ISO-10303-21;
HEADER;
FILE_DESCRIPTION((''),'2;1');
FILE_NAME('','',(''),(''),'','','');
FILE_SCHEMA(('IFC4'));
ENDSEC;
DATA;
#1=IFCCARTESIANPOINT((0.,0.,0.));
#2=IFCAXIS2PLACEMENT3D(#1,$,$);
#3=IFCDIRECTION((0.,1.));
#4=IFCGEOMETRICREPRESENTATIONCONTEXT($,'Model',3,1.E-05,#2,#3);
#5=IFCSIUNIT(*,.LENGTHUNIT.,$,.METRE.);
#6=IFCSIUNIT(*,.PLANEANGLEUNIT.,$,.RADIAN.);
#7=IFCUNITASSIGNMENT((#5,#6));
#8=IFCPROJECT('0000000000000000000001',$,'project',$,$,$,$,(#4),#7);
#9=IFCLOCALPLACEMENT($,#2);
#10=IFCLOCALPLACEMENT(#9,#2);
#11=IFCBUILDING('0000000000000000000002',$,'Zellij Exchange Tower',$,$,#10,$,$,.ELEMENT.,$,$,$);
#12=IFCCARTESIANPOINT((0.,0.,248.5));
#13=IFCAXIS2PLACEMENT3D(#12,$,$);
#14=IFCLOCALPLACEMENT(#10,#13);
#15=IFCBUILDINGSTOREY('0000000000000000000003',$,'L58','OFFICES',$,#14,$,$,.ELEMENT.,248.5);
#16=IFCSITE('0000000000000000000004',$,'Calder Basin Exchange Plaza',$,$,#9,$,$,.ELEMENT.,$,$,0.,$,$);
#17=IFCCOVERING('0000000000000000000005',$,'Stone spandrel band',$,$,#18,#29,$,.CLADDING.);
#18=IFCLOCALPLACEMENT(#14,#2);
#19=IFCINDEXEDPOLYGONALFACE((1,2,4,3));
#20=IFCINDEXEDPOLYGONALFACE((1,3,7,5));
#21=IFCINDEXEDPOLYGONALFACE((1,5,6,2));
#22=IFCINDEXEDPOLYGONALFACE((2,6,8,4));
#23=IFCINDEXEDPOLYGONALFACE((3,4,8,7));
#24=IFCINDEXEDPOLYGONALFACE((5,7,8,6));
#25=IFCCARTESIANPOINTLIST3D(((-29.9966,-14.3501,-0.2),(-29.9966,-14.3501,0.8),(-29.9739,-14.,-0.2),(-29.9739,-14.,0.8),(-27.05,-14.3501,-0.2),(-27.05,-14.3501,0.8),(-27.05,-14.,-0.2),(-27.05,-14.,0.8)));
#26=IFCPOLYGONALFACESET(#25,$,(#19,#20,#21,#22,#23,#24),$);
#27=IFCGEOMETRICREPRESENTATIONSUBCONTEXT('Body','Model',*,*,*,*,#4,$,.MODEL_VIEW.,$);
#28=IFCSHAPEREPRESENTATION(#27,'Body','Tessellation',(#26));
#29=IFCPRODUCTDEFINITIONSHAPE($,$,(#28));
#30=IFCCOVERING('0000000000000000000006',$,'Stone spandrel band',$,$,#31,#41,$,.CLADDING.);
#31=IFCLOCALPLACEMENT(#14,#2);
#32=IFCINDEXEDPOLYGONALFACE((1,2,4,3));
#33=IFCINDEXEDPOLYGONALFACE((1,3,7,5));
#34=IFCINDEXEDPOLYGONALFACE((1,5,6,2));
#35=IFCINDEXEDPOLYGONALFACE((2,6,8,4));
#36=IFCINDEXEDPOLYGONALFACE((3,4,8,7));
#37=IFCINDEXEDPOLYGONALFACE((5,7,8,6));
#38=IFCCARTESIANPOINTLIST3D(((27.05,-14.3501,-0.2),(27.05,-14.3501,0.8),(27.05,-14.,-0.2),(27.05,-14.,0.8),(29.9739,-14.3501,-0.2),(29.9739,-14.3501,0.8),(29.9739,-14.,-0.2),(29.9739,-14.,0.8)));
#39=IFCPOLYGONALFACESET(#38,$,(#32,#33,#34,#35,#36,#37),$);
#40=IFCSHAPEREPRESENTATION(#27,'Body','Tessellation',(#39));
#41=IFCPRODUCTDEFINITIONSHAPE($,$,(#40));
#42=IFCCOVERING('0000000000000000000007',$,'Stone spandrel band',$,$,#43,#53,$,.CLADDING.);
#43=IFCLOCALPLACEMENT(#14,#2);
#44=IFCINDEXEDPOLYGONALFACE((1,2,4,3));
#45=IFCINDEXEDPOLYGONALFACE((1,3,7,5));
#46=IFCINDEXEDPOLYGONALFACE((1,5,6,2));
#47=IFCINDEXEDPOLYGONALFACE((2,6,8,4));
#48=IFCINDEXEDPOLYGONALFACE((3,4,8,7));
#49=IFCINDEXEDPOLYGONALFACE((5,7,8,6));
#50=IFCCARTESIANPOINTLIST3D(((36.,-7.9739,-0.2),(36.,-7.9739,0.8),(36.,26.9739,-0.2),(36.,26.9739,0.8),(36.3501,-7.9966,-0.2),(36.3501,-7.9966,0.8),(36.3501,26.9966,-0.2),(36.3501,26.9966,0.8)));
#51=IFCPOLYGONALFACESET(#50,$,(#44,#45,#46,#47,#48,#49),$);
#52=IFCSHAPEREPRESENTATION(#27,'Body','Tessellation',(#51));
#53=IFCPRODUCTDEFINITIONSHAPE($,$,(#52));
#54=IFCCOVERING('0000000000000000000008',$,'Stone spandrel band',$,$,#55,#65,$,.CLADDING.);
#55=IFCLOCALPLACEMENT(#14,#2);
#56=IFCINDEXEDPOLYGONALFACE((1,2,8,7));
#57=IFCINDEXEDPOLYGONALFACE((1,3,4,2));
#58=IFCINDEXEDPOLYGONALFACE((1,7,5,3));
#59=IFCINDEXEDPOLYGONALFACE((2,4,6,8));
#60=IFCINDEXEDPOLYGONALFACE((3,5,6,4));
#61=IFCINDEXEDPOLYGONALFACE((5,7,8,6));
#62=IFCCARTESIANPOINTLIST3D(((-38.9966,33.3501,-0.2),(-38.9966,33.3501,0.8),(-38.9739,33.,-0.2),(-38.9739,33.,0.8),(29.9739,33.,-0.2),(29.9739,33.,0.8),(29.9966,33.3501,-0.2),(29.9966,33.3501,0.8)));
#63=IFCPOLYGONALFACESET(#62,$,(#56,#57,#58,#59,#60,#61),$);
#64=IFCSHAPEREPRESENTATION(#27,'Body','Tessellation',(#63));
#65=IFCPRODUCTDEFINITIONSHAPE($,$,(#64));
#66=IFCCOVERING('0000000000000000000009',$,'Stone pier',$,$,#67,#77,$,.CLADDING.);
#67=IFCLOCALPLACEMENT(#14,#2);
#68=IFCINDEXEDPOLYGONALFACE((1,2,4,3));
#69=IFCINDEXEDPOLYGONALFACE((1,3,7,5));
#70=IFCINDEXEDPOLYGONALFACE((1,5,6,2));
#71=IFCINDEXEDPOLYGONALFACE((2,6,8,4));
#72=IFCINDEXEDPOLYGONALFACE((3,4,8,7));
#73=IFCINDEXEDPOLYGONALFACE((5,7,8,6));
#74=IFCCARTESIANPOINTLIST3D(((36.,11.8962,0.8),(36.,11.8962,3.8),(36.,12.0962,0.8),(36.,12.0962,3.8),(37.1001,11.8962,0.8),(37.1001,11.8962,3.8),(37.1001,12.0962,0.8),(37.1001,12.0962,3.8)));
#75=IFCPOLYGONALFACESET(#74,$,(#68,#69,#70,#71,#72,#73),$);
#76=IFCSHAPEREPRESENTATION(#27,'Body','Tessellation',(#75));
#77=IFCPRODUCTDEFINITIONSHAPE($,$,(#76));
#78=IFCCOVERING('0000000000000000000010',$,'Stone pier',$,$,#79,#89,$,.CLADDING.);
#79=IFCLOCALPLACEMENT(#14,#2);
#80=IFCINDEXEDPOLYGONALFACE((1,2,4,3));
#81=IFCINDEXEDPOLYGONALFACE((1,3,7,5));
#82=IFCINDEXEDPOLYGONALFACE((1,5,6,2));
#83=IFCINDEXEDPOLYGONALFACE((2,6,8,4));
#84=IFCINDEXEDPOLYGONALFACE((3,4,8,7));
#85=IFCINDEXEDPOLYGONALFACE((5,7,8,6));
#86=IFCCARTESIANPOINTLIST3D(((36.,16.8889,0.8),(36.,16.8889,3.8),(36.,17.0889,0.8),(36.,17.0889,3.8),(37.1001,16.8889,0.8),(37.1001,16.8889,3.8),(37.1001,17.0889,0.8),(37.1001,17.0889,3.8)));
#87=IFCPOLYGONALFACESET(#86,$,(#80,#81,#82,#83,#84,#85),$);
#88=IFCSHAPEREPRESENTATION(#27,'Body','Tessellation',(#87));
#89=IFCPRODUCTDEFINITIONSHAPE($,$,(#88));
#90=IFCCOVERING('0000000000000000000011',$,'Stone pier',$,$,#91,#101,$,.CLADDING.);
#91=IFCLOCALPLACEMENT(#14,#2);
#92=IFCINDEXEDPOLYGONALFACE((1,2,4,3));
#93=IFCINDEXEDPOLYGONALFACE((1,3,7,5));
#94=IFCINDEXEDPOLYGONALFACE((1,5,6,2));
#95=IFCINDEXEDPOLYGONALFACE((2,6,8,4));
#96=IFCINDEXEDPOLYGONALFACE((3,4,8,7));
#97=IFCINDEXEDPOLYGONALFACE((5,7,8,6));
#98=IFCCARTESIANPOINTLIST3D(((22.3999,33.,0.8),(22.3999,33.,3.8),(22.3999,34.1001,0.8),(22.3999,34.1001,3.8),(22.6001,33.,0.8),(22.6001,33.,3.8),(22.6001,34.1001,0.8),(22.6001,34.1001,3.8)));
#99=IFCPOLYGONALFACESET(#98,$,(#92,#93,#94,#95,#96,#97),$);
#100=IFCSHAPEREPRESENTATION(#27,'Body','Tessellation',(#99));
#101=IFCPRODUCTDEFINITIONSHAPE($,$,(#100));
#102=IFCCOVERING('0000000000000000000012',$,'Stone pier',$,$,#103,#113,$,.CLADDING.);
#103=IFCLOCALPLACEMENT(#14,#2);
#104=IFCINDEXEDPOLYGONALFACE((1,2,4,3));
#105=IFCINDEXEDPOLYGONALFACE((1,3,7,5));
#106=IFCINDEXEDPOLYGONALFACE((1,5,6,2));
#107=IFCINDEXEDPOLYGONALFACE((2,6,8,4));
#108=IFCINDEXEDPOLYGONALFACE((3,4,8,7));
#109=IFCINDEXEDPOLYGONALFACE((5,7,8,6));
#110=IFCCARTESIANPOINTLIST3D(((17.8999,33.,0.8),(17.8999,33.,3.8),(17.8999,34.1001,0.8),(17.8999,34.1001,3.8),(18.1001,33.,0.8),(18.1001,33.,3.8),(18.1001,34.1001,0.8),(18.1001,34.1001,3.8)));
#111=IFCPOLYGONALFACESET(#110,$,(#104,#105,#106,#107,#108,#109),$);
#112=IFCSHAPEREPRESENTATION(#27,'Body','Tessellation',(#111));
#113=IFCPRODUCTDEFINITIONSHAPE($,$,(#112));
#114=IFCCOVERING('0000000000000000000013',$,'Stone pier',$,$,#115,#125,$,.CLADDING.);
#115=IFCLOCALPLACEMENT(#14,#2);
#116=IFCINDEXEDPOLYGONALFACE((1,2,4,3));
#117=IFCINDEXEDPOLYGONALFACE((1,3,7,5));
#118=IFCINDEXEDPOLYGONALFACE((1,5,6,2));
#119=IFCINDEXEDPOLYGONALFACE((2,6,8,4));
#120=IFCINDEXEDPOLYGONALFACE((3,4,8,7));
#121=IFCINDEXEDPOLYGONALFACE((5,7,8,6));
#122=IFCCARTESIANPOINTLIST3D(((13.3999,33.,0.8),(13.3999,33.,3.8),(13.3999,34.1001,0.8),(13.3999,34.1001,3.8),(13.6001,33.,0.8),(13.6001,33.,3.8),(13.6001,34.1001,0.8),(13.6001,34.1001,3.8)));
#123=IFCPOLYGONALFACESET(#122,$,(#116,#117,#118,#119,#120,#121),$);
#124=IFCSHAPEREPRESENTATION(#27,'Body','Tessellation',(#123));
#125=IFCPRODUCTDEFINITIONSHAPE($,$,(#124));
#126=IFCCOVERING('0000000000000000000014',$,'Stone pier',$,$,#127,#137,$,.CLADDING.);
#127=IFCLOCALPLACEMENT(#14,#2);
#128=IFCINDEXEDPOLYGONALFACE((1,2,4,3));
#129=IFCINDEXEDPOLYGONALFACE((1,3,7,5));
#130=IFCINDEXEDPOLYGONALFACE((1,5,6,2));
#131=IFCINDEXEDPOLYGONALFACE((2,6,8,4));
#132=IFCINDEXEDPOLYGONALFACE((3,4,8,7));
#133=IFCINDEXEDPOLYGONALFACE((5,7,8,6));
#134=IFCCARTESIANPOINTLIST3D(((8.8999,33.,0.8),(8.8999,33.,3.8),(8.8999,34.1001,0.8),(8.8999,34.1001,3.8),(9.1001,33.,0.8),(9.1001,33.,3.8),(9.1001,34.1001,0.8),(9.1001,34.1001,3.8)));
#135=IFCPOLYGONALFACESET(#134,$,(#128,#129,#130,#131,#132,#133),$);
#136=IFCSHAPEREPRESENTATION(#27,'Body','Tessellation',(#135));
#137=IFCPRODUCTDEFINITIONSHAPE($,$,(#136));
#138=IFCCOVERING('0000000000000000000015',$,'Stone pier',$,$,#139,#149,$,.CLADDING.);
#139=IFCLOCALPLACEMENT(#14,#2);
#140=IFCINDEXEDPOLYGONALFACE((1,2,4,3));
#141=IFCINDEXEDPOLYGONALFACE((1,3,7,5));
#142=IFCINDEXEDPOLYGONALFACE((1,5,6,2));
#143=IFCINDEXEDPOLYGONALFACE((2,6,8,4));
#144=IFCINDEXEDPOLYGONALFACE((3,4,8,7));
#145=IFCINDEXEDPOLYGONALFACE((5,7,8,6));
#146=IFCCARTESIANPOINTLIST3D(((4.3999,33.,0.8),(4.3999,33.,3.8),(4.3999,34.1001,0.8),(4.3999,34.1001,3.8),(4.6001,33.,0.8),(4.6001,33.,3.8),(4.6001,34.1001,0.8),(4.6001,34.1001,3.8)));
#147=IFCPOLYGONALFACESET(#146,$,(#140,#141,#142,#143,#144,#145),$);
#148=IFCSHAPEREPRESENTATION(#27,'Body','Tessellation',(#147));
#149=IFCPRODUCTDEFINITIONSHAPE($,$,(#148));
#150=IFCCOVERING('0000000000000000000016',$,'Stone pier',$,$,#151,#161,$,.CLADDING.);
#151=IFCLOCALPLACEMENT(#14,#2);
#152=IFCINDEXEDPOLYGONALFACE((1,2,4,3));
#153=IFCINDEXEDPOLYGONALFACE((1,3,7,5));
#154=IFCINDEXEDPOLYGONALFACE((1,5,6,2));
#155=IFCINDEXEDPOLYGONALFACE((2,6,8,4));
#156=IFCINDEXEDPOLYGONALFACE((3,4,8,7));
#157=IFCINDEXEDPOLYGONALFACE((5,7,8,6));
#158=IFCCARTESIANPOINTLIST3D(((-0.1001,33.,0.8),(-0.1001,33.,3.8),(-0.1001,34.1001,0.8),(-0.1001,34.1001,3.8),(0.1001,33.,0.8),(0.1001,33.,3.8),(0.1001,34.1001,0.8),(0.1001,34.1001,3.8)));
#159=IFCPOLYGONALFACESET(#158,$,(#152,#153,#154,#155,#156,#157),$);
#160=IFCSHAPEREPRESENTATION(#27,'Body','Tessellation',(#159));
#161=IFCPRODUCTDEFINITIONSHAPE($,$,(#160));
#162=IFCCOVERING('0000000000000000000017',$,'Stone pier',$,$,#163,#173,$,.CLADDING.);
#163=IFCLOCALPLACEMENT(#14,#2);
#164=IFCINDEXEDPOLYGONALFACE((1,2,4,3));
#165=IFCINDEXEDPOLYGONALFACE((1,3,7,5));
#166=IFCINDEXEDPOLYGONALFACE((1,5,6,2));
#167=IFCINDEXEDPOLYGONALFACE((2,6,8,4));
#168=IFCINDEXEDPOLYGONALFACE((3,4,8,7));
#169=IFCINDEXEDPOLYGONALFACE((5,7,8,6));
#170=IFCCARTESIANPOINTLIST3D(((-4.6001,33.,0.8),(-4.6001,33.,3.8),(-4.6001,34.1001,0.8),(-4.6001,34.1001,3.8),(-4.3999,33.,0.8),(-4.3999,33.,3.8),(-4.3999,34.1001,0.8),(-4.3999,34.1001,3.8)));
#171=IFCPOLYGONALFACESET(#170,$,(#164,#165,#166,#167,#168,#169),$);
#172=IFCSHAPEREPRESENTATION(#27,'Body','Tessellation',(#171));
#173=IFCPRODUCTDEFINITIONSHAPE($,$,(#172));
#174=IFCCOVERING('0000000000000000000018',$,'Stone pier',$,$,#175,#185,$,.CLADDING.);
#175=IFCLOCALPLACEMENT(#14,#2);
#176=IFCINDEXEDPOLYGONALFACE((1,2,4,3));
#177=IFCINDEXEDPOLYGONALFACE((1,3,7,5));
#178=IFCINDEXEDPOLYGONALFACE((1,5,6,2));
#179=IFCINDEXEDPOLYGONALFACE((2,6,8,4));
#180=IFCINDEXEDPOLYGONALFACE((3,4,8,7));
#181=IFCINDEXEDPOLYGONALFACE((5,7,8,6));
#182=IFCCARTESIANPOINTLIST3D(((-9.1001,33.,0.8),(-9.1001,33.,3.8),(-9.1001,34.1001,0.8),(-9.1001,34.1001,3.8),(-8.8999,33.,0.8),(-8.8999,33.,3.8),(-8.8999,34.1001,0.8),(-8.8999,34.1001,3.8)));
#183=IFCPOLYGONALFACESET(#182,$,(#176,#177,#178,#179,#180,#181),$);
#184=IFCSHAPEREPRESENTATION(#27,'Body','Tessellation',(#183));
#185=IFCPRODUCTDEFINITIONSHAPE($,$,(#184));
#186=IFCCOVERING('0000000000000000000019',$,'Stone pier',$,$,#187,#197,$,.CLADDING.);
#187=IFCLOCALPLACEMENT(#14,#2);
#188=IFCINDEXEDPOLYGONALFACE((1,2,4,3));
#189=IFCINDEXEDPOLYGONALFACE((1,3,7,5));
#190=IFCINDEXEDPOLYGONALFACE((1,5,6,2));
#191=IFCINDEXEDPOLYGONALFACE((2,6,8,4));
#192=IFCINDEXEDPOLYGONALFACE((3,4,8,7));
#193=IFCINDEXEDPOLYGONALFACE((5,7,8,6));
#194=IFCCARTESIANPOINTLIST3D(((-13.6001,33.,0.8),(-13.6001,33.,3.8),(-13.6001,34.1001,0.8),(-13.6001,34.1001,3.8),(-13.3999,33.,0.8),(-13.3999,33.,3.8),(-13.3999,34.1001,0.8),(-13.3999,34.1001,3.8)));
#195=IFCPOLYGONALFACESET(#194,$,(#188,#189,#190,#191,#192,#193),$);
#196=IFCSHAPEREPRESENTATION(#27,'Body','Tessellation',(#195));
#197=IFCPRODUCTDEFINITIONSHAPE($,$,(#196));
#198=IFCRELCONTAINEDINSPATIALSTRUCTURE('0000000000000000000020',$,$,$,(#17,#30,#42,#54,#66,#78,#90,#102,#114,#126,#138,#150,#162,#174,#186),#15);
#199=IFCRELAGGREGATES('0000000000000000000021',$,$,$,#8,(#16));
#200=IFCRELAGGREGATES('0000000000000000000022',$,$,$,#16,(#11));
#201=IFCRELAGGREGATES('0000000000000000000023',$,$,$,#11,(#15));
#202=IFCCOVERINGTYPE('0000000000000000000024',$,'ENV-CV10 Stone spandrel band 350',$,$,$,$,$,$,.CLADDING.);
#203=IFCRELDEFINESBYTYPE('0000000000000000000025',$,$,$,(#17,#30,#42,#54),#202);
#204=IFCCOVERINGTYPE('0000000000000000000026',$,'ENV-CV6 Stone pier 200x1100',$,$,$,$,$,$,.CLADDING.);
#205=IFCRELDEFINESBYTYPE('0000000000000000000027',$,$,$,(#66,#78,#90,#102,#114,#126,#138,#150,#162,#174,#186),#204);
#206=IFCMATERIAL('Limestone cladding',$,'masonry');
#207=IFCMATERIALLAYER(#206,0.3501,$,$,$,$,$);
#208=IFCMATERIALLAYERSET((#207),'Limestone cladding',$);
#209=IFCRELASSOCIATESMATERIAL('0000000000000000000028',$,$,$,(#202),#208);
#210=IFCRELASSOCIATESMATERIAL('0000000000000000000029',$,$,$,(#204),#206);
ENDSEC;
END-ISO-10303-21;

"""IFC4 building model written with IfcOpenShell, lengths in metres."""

from ifc_helpers import new_model, si_unit, direction, frame, origin, place, context, subcontext, project, spatial, polyline, outline, extrude, material, layer, layer_set, type_object, element, save


model = new_model("IFC4")

# Units and contexts
model_context = context("Model", 3, precision=1e-05, world=origin(), true_north=direction((0.0, 1.0)))
body_context = subcontext(model_context, "Body", "Model", "MODEL_VIEW")
ifc_project = project(units=[si_unit("LENGTHUNIT", "METRE"), si_unit("PLANEANGLEUNIT", "RADIAN")], contexts=[model_context])

# Site, building, storey
site_placement = place(None, origin())
site = spatial("IfcSite", under=ifc_project, at=site_placement, Name="Calder Basin Exchange Plaza", CompositionType="ELEMENT", RefElevation=0.0)
building_placement = place(site_placement, origin())
building = spatial("IfcBuilding", under=site, at=building_placement, Name="Zellij Exchange Tower", CompositionType="ELEMENT")
storey_placement = place(building_placement, frame((0.0, 0.0, 248.5)))
storey = spatial("IfcBuildingStorey", under=building, at=storey_placement, Name="L58", Description="OFFICES", CompositionType="ELEMENT", Elevation=248.5)

# Coverings
ifc_material = material(Name="Limestone cladding", Category="masonry")
ifc_layer = layer(ifc_material, 0.3501)
ifc_layer_set = layer_set([ifc_layer], Name="Limestone cladding")
covering_type_1 = type_object("IfcCoveringType", Name="ENV-CV10 Stone spandrel band 350", PredefinedType="CLADDING", material=ifc_layer_set)
covering_1_placement = place(storey_placement, frame((0.0, 0.0, -0.2)))
element("IfcCovering", 1, at=covering_1_placement, inside=storey, type_object=covering_type_1, Name="Stone spandrel band", PredefinedType="CLADDING", context=body_context, shape_type="SweptSolid", body=[
    extrude(outline(polyline([(-29.9739, -14.0), (-27.05, -14.0), (-27.05, -14.3501), (-29.9966, -14.3501), (-29.9739, -14.0)])), origin(), (0.0, 0.0, 1.0), 1.0),
])
covering_2_placement = place(storey_placement, frame((0.0, 0.0, -0.2)))
element("IfcCovering", 2, at=covering_2_placement, inside=storey, type_object=covering_type_1, Name="Stone spandrel band", PredefinedType="CLADDING", context=body_context, shape_type="SweptSolid", body=[
    extrude(outline(polyline([(27.05, -14.0), (29.9739, -14.0), (29.9739, -14.3501), (27.05, -14.3501), (27.05, -14.0)])), origin(), (0.0, 0.0, 1.0), 1.0),
])
covering_3_placement = place(storey_placement, frame((0.0, 0.0, -0.2)))
element("IfcCovering", 3, at=covering_3_placement, inside=storey, type_object=covering_type_1, Name="Stone spandrel band", PredefinedType="CLADDING", context=body_context, shape_type="SweptSolid", body=[
    extrude(outline(polyline([(36.0, -7.9739), (36.0, 26.9739), (36.3501, 26.9966), (36.3501, -7.9966), (36.0, -7.9739)])), origin(), (0.0, 0.0, 1.0), 1.0),
])
covering_4_placement = place(storey_placement, frame((0.0, 0.0, -0.2)))
element("IfcCovering", 4, at=covering_4_placement, inside=storey, type_object=covering_type_1, Name="Stone spandrel band", PredefinedType="CLADDING", context=body_context, shape_type="SweptSolid", body=[
    extrude(outline(polyline([(29.9739, 33.0), (-38.9739, 33.0), (-38.9966, 33.3501), (29.9966, 33.3501), (29.9739, 33.0)])), origin(), (0.0, 0.0, 1.0), 1.0),
])
covering_type_2 = type_object("IfcCoveringType", Name="ENV-CV6 Stone pier 200x1100", PredefinedType="CLADDING", material=ifc_material)
covering_5_placement = place(storey_placement, frame((0.0, 0.0, 0.8)))
element("IfcCovering", 5, at=covering_5_placement, inside=storey, type_object=covering_type_2, Name="Stone pier", PredefinedType="CLADDING", context=body_context, shape_type="SweptSolid", body=[
    extrude(outline(polyline([(36.0, 11.8962), (36.0, 12.0962), (37.1001, 12.0962), (37.1001, 11.8962), (36.0, 11.8962)])), origin(), (0.0, 0.0, 1.0), 3.0),
])
covering_6_placement = place(storey_placement, frame((0.0, 0.0, 0.8)))
element("IfcCovering", 6, at=covering_6_placement, inside=storey, type_object=covering_type_2, Name="Stone pier", PredefinedType="CLADDING", context=body_context, shape_type="SweptSolid", body=[
    extrude(outline(polyline([(36.0, 16.8889), (36.0, 17.0889), (37.1001, 17.0889), (37.1001, 16.8889), (36.0, 16.8889)])), origin(), (0.0, 0.0, 1.0), 3.0),
])
covering_7_placement = place(storey_placement, frame((0.0, 0.0, 0.8)))
element("IfcCovering", 7, at=covering_7_placement, inside=storey, type_object=covering_type_2, Name="Stone pier", PredefinedType="CLADDING", context=body_context, shape_type="SweptSolid", body=[
    extrude(outline(polyline([(22.6001, 33.0), (22.3999, 33.0), (22.3999, 34.1001), (22.6001, 34.1001), (22.6001, 33.0)])), origin(), (0.0, 0.0, 1.0), 3.0),
])
covering_8_placement = place(storey_placement, frame((0.0, 0.0, 0.8)))
element("IfcCovering", 8, at=covering_8_placement, inside=storey, type_object=covering_type_2, Name="Stone pier", PredefinedType="CLADDING", context=body_context, shape_type="SweptSolid", body=[
    extrude(outline(polyline([(18.1001, 33.0), (17.8999, 33.0), (17.8999, 34.1001), (18.1001, 34.1001), (18.1001, 33.0)])), origin(), (0.0, 0.0, 1.0), 3.0),
])
covering_9_placement = place(storey_placement, frame((0.0, 0.0, 0.8)))
element("IfcCovering", 9, at=covering_9_placement, inside=storey, type_object=covering_type_2, Name="Stone pier", PredefinedType="CLADDING", context=body_context, shape_type="SweptSolid", body=[
    extrude(outline(polyline([(13.6001, 33.0), (13.3999, 33.0), (13.3999, 34.1001), (13.6001, 34.1001), (13.6001, 33.0)])), origin(), (0.0, 0.0, 1.0), 3.0),
])
covering_10_placement = place(storey_placement, frame((0.0, 0.0, 0.8)))
element("IfcCovering", 10, at=covering_10_placement, inside=storey, type_object=covering_type_2, Name="Stone pier", PredefinedType="CLADDING", context=body_context, shape_type="SweptSolid", body=[
    extrude(outline(polyline([(9.1001, 33.0), (8.8999, 33.0), (8.8999, 34.1001), (9.1001, 34.1001), (9.1001, 33.0)])), origin(), (0.0, 0.0, 1.0), 3.0),
])
covering_11_placement = place(storey_placement, frame((0.0, 0.0, 0.8)))
element("IfcCovering", 11, at=covering_11_placement, inside=storey, type_object=covering_type_2, Name="Stone pier", PredefinedType="CLADDING", context=body_context, shape_type="SweptSolid", body=[
    extrude(outline(polyline([(4.6001, 33.0), (4.3999, 33.0), (4.3999, 34.1001), (4.6001, 34.1001), (4.6001, 33.0)])), origin(), (0.0, 0.0, 1.0), 3.0),
])
covering_12_placement = place(storey_placement, frame((0.0, 0.0, 0.8)))
element("IfcCovering", 12, at=covering_12_placement, inside=storey, type_object=covering_type_2, Name="Stone pier", PredefinedType="CLADDING", context=body_context, shape_type="SweptSolid", body=[
    extrude(outline(polyline([(0.1001, 33.0), (-0.1001, 33.0), (-0.1001, 34.1001), (0.1001, 34.1001), (0.1001, 33.0)])), origin(), (0.0, 0.0, 1.0), 3.0),
])
covering_13_placement = place(storey_placement, frame((0.0, 0.0, 0.8)))
element("IfcCovering", 13, at=covering_13_placement, inside=storey, type_object=covering_type_2, Name="Stone pier", PredefinedType="CLADDING", context=body_context, shape_type="SweptSolid", body=[
    extrude(outline(polyline([(-4.3999, 33.0), (-4.6001, 33.0), (-4.6001, 34.1001), (-4.3999, 34.1001), (-4.3999, 33.0)])), origin(), (0.0, 0.0, 1.0), 3.0),
])
covering_14_placement = place(storey_placement, frame((0.0, 0.0, 0.8)))
element("IfcCovering", 14, at=covering_14_placement, inside=storey, type_object=covering_type_2, Name="Stone pier", PredefinedType="CLADDING", context=body_context, shape_type="SweptSolid", body=[
    extrude(outline(polyline([(-8.8999, 33.0), (-9.1001, 33.0), (-9.1001, 34.1001), (-8.8999, 34.1001), (-8.8999, 33.0)])), origin(), (0.0, 0.0, 1.0), 3.0),
])
covering_15_placement = place(storey_placement, frame((0.0, 0.0, 0.8)))
element("IfcCovering", 15, at=covering_15_placement, inside=storey, type_object=covering_type_2, Name="Stone pier", PredefinedType="CLADDING", context=body_context, shape_type="SweptSolid", body=[
    extrude(outline(polyline([(-13.3999, 33.0), (-13.6001, 33.0), (-13.6001, 34.1001), (-13.3999, 34.1001), (-13.3999, 33.0)])), origin(), (0.0, 0.0, 1.0), 3.0),
])

save(model, "model.ifc")
